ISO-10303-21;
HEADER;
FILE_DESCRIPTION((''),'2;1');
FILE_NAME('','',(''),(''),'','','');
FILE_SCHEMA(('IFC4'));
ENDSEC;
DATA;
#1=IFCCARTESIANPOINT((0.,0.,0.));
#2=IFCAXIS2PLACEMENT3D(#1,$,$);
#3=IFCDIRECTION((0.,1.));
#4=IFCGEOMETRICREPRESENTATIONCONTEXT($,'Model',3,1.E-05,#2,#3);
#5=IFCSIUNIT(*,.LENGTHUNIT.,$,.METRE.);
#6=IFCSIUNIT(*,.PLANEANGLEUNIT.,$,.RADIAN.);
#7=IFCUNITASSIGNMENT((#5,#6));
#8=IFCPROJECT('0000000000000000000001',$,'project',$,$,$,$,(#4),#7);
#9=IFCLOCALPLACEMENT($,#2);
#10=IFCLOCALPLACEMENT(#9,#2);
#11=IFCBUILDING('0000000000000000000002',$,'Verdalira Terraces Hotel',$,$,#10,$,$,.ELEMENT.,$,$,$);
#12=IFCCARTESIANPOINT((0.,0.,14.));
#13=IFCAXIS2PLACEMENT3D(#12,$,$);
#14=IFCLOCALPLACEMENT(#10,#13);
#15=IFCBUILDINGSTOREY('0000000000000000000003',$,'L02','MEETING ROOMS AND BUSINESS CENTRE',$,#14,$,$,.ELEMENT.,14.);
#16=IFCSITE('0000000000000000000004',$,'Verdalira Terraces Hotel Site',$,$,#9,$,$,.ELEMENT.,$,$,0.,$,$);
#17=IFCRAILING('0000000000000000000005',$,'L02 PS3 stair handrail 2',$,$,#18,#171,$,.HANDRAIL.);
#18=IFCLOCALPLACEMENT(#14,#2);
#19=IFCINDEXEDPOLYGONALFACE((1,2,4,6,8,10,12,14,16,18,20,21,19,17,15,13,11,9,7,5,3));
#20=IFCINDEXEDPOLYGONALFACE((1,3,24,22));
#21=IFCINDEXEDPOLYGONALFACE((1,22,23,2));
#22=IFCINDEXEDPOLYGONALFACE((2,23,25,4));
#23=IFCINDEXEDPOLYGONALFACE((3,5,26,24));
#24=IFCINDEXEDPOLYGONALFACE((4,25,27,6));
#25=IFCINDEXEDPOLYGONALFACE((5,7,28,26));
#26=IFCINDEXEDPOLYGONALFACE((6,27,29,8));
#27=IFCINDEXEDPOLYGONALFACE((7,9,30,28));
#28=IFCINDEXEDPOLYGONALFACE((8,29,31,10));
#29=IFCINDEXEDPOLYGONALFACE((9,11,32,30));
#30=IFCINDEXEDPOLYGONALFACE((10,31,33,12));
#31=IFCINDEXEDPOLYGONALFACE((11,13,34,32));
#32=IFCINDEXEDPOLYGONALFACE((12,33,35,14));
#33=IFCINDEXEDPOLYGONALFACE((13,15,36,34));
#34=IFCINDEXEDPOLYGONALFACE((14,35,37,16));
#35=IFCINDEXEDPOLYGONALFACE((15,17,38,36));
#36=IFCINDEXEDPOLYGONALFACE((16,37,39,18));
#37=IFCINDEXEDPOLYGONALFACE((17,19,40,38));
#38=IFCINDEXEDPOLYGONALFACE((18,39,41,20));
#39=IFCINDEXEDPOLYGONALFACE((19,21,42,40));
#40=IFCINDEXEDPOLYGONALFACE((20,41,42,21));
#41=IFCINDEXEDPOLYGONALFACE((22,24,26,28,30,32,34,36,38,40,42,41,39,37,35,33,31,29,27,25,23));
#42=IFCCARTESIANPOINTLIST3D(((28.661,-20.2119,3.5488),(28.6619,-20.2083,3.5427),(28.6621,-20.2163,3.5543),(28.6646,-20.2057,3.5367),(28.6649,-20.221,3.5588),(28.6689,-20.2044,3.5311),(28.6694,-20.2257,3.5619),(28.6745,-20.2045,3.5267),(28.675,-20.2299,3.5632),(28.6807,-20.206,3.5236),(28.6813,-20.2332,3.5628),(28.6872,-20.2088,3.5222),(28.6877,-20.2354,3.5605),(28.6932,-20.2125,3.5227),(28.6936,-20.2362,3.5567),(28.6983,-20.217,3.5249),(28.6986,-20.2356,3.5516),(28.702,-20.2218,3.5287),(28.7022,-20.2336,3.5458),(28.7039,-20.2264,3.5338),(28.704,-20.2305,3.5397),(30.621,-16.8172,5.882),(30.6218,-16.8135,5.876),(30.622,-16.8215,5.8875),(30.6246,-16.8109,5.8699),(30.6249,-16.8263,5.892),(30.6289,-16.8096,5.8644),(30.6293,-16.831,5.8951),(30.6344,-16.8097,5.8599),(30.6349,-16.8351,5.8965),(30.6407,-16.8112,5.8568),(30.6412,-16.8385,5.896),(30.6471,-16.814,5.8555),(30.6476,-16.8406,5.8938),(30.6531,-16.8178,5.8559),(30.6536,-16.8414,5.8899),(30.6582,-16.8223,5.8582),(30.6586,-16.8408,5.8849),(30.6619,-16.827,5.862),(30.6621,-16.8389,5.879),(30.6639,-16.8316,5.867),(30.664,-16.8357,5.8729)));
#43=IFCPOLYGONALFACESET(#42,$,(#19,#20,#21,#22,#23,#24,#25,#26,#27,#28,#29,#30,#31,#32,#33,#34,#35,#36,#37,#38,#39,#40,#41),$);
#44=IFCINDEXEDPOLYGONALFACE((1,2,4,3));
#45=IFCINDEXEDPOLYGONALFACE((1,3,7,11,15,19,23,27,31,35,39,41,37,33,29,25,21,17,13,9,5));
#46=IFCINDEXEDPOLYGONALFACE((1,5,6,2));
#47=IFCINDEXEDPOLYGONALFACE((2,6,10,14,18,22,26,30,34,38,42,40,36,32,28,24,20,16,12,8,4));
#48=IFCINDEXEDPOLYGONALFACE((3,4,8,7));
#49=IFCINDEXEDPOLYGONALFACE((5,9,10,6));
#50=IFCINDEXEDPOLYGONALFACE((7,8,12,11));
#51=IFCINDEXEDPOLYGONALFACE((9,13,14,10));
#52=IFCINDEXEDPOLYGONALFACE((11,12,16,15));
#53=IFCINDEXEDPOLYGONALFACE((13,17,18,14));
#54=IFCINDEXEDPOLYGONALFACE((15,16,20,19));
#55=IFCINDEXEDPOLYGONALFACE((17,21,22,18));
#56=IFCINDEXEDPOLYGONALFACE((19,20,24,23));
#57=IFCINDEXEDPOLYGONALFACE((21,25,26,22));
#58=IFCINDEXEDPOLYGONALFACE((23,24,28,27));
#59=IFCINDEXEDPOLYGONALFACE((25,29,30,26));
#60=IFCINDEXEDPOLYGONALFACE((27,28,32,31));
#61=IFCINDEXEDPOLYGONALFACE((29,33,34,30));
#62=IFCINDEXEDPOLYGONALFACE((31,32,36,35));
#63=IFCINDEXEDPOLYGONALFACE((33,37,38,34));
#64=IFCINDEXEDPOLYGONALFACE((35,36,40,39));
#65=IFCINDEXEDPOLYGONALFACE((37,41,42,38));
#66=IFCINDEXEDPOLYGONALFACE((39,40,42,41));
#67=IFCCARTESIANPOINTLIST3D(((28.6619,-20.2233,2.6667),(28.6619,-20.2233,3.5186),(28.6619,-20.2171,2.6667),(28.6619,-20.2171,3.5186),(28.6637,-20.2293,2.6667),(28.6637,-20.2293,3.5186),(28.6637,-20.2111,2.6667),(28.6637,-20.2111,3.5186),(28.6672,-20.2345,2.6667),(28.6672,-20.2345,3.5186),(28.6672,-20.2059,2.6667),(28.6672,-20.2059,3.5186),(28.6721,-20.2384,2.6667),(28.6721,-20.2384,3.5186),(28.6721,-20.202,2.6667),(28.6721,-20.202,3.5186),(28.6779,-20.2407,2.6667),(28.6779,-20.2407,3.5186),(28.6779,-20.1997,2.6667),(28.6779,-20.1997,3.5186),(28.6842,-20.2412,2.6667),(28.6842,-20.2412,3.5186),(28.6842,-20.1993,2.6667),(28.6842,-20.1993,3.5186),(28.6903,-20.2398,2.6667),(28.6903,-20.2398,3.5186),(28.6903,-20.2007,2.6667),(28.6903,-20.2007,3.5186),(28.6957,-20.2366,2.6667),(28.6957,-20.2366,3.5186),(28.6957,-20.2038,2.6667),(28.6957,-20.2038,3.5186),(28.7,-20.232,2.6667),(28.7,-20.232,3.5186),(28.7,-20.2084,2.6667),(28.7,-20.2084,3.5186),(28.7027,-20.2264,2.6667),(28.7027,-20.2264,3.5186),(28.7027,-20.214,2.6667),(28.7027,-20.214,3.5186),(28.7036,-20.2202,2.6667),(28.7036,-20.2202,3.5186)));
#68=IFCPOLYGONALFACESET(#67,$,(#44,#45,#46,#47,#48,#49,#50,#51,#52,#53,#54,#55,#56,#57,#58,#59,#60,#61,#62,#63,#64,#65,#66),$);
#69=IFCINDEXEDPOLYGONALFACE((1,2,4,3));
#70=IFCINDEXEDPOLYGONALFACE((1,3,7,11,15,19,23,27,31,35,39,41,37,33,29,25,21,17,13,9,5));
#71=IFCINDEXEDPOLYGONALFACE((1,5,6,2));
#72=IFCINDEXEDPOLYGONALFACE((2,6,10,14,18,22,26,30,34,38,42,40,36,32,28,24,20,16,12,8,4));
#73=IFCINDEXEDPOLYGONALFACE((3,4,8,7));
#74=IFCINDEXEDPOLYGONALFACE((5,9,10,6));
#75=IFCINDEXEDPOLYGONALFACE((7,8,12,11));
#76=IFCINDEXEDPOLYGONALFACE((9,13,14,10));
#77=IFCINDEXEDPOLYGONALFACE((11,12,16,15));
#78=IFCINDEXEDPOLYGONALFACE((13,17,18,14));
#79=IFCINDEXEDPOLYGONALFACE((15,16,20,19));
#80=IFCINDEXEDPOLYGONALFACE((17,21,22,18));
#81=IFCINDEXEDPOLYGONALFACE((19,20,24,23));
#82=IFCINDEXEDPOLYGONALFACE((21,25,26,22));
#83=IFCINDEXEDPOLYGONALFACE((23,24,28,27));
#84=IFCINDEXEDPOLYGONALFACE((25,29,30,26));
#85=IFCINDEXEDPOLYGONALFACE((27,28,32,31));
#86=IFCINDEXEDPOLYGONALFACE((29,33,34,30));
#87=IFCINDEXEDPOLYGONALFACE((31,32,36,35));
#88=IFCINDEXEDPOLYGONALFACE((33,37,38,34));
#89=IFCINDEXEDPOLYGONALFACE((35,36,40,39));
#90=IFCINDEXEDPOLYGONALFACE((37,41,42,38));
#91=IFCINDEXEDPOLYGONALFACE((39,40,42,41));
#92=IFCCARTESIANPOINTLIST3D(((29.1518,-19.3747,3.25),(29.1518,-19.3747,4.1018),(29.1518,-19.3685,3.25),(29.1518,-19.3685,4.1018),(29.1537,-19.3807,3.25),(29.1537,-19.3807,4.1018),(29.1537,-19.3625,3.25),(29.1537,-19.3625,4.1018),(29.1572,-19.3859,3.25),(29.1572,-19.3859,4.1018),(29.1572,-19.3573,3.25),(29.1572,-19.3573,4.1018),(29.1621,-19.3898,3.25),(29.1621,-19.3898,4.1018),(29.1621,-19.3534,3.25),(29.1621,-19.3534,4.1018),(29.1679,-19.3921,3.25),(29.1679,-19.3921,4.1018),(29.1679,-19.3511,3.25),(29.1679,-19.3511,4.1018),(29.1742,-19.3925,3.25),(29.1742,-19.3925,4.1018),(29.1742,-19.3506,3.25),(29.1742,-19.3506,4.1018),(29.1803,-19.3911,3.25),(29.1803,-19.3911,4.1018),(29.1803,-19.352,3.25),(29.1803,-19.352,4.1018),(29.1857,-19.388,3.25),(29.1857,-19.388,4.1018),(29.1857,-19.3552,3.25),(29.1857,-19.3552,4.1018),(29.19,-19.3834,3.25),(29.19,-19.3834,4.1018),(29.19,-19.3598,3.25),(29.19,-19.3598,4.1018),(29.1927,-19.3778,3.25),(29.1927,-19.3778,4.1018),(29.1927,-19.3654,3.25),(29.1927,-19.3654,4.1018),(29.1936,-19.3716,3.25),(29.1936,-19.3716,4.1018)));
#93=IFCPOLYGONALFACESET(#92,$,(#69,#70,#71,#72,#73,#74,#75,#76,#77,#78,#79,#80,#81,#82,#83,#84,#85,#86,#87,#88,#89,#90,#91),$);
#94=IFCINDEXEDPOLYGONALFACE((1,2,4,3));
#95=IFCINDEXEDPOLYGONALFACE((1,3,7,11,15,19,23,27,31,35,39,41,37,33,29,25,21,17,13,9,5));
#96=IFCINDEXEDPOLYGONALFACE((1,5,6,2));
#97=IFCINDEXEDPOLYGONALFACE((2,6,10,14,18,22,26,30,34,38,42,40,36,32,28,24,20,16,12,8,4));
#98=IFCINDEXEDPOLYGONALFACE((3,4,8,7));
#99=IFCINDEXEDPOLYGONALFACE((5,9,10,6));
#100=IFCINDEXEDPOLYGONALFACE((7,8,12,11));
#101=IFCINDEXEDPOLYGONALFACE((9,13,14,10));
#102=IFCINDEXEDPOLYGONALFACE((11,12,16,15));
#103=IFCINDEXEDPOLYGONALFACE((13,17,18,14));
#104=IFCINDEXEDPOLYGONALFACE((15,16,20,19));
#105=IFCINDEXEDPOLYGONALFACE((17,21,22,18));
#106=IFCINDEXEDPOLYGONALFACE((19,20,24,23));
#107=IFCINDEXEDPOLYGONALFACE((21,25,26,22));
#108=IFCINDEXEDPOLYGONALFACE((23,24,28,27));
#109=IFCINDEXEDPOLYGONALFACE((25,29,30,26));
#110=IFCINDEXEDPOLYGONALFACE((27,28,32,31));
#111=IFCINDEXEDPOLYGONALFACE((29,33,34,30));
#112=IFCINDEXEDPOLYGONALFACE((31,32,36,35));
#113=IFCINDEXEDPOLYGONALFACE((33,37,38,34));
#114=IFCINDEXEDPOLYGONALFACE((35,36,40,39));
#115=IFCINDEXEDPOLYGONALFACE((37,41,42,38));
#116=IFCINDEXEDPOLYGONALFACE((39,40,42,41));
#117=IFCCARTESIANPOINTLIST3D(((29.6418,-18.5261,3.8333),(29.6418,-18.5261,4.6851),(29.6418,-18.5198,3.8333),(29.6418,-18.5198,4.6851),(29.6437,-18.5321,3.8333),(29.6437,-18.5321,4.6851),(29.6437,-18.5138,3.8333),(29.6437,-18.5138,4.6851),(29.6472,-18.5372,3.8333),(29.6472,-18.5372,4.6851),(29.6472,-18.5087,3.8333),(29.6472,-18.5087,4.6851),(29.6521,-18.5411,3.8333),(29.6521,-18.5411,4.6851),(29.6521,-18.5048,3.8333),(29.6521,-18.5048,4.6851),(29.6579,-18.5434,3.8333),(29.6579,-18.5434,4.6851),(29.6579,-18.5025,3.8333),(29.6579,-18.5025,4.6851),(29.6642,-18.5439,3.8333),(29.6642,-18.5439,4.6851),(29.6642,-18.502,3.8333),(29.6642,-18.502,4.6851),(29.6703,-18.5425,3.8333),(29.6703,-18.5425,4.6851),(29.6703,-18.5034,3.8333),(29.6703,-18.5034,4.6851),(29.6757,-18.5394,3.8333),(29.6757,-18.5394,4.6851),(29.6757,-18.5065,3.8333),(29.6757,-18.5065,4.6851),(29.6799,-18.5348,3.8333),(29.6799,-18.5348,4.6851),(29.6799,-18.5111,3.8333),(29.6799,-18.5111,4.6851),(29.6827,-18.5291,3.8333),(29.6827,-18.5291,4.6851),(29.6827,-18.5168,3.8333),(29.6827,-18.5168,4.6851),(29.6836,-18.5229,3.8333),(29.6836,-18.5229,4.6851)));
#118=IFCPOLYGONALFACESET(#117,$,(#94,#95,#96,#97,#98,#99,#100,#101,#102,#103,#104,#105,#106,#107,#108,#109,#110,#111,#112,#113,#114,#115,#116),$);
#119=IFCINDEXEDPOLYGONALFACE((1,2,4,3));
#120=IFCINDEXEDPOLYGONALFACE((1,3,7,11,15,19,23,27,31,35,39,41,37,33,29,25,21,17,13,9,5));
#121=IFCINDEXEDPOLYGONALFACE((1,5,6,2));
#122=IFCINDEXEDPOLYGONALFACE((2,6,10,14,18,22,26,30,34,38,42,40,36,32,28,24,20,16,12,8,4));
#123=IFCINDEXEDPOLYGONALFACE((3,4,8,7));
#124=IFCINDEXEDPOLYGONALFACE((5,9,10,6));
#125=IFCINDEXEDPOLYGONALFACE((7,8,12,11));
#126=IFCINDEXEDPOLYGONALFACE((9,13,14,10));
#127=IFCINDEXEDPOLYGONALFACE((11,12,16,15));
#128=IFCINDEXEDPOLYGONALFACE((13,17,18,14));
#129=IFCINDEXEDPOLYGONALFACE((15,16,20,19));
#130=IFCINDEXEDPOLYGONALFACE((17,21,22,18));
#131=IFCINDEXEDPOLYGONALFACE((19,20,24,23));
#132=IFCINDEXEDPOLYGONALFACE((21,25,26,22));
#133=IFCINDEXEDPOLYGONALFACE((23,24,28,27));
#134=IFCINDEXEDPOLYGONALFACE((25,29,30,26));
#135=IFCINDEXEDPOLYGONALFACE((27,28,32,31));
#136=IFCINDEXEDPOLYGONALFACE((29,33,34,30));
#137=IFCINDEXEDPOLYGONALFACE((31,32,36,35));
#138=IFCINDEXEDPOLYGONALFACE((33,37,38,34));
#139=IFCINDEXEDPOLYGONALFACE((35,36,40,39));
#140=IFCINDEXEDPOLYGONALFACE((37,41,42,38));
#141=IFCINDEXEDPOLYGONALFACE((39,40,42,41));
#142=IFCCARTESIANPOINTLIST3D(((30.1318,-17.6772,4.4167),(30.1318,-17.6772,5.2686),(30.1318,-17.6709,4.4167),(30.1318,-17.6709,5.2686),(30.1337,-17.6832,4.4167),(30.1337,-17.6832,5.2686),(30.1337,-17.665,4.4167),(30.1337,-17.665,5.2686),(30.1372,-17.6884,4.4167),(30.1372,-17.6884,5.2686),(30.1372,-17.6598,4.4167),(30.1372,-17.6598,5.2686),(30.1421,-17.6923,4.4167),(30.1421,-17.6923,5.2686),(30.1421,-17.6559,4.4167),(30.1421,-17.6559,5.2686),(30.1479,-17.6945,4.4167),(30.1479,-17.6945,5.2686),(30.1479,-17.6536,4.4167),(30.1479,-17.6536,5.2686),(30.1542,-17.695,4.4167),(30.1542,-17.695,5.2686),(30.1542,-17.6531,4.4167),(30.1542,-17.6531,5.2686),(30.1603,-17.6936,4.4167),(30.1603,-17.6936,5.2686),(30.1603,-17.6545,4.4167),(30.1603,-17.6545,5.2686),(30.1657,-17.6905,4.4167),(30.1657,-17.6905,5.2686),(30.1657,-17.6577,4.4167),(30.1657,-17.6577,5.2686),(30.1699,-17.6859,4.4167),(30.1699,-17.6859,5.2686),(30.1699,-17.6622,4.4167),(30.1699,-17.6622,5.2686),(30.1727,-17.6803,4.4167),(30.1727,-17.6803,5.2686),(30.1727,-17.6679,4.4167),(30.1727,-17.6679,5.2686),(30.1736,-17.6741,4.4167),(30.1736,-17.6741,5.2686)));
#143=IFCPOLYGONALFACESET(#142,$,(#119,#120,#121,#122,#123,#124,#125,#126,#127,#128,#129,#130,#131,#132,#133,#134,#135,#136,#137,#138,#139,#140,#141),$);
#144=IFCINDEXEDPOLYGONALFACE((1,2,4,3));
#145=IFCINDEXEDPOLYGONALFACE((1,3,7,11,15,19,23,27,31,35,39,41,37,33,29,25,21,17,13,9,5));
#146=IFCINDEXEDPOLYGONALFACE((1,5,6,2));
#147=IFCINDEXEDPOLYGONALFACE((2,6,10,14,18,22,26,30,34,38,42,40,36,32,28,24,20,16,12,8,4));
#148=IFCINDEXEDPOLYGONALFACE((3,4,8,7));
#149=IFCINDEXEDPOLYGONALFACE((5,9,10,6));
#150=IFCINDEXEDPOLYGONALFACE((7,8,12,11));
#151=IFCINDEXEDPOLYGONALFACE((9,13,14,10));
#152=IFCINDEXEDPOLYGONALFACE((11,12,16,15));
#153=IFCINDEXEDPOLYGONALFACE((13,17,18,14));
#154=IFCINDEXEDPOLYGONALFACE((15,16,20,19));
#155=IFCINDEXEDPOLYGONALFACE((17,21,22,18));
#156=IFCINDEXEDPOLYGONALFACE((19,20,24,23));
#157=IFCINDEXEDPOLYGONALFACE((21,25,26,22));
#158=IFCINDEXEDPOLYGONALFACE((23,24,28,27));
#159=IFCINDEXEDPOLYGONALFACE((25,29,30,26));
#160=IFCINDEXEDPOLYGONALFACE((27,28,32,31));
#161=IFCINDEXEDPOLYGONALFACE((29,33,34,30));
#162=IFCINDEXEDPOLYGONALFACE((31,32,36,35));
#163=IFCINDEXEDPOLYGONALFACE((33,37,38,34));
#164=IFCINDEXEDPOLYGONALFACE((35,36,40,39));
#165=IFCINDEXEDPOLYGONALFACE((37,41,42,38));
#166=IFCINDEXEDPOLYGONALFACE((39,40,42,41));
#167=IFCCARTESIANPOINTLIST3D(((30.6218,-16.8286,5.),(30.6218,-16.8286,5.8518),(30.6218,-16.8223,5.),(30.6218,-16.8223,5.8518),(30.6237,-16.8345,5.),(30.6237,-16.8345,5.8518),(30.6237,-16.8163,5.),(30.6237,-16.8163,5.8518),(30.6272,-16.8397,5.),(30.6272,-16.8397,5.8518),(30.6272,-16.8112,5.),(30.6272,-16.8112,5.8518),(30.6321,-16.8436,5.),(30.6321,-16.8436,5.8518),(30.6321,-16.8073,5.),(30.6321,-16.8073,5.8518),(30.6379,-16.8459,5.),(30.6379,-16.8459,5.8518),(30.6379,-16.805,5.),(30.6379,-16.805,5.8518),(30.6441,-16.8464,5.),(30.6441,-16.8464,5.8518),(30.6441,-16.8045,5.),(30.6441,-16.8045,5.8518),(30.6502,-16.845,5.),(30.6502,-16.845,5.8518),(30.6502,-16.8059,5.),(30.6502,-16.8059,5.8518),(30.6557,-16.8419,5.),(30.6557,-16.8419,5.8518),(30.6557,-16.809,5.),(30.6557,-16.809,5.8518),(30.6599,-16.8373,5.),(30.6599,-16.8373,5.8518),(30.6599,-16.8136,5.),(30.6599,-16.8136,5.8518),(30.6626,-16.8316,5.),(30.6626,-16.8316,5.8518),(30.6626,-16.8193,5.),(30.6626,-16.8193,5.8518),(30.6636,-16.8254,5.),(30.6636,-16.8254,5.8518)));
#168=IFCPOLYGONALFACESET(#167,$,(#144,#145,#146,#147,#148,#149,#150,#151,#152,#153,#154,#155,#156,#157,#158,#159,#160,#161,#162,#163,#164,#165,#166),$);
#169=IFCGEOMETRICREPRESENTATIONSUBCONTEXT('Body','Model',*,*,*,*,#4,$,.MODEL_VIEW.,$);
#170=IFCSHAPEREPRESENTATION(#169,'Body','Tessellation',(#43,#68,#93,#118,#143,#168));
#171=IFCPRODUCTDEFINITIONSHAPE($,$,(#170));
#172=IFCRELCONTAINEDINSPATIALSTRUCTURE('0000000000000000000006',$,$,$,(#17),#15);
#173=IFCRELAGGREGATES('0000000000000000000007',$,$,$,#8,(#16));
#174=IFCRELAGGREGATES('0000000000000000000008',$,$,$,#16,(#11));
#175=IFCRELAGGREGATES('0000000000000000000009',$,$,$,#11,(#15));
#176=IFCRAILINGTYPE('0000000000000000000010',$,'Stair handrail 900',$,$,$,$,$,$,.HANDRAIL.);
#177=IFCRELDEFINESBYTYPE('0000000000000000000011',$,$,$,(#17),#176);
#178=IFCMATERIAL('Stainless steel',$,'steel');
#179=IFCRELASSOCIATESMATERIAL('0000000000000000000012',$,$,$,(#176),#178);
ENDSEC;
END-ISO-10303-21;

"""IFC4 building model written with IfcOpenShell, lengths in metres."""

from ifc_helpers import new_model, si_unit, direction, frame, origin, origin_2d, place, context, subcontext, project, spatial, circle, extrude, material, type_object, element, save


model = new_model("IFC4")

# Units and contexts
model_context = context("Model", 3, precision=1e-05, world=origin(), true_north=direction((0.0, 1.0)))
body_context = subcontext(model_context, "Body", "Model", "MODEL_VIEW")
ifc_project = project(units=[si_unit("LENGTHUNIT", "METRE"), si_unit("PLANEANGLEUNIT", "RADIAN")], contexts=[model_context])

# Site, building, storey
site_placement = place(None, origin())
site = spatial("IfcSite", under=ifc_project, at=site_placement, Name="Verdalira Terraces Hotel Site", CompositionType="ELEMENT", RefElevation=0.0)
building_placement = place(site_placement, origin())
building = spatial("IfcBuilding", under=site, at=building_placement, Name="Verdalira Terraces Hotel", CompositionType="ELEMENT")
storey_placement = place(building_placement, frame((0.0, 0.0, 14.0)))
storey = spatial("IfcBuildingStorey", under=building, at=storey_placement, Name="L02", Description="MEETING ROOMS AND BUSINESS CENTRE", CompositionType="ELEMENT", Elevation=14.0)

# Railing
ifc_material_1 = material(Name="Stainless steel", Category="steel")
railing_type_1 = type_object("IfcRailingType", Name="Stair handrail 900", PredefinedType="HANDRAIL", material=ifc_material_1)
railing_1_placement = place(storey_placement, frame((28.6826, -20.2202, 2.6667)))
element("IfcRailing", 1, at=railing_1_placement, inside=storey, type_object=railing_type_1, Name="L02 PS3 stair handrail 2", PredefinedType="HANDRAIL", context=body_context, shape_type="SweptSolid", body=[
    extrude(circle(Radius=0.0239, at=origin_2d()), frame((0.0, 0.0, 0.876), z_axis=(0.429646, 0.744175, 0.511476), x_axis=(-0.866027, 0.499997, 0.0)), (0.0, 0.0, 1.0), 4.5618),
    extrude(circle(Radius=0.021, at=origin_2d()), origin(), (0.0, 0.0, 1.0), 0.8518),
    extrude(circle(Radius=0.021, at=origin_2d()), frame((0.49, 0.8486, 0.5833)), (0.0, 0.0, 1.0), 0.8518),
    extrude(circle(Radius=0.021, at=origin_2d()), frame((0.98, 1.6973, 1.1665)), (0.0, 0.0, 1.0), 0.8518),
    extrude(circle(Radius=0.021, at=origin_2d()), frame((1.47, 2.5461, 1.75)), (0.0, 0.0, 1.0), 0.8518),
    extrude(circle(Radius=0.021, at=origin_2d()), frame((1.96, 3.3948, 2.3333)), (0.0, 0.0, 1.0), 0.8518),
])

save(model, "model.ifc")
